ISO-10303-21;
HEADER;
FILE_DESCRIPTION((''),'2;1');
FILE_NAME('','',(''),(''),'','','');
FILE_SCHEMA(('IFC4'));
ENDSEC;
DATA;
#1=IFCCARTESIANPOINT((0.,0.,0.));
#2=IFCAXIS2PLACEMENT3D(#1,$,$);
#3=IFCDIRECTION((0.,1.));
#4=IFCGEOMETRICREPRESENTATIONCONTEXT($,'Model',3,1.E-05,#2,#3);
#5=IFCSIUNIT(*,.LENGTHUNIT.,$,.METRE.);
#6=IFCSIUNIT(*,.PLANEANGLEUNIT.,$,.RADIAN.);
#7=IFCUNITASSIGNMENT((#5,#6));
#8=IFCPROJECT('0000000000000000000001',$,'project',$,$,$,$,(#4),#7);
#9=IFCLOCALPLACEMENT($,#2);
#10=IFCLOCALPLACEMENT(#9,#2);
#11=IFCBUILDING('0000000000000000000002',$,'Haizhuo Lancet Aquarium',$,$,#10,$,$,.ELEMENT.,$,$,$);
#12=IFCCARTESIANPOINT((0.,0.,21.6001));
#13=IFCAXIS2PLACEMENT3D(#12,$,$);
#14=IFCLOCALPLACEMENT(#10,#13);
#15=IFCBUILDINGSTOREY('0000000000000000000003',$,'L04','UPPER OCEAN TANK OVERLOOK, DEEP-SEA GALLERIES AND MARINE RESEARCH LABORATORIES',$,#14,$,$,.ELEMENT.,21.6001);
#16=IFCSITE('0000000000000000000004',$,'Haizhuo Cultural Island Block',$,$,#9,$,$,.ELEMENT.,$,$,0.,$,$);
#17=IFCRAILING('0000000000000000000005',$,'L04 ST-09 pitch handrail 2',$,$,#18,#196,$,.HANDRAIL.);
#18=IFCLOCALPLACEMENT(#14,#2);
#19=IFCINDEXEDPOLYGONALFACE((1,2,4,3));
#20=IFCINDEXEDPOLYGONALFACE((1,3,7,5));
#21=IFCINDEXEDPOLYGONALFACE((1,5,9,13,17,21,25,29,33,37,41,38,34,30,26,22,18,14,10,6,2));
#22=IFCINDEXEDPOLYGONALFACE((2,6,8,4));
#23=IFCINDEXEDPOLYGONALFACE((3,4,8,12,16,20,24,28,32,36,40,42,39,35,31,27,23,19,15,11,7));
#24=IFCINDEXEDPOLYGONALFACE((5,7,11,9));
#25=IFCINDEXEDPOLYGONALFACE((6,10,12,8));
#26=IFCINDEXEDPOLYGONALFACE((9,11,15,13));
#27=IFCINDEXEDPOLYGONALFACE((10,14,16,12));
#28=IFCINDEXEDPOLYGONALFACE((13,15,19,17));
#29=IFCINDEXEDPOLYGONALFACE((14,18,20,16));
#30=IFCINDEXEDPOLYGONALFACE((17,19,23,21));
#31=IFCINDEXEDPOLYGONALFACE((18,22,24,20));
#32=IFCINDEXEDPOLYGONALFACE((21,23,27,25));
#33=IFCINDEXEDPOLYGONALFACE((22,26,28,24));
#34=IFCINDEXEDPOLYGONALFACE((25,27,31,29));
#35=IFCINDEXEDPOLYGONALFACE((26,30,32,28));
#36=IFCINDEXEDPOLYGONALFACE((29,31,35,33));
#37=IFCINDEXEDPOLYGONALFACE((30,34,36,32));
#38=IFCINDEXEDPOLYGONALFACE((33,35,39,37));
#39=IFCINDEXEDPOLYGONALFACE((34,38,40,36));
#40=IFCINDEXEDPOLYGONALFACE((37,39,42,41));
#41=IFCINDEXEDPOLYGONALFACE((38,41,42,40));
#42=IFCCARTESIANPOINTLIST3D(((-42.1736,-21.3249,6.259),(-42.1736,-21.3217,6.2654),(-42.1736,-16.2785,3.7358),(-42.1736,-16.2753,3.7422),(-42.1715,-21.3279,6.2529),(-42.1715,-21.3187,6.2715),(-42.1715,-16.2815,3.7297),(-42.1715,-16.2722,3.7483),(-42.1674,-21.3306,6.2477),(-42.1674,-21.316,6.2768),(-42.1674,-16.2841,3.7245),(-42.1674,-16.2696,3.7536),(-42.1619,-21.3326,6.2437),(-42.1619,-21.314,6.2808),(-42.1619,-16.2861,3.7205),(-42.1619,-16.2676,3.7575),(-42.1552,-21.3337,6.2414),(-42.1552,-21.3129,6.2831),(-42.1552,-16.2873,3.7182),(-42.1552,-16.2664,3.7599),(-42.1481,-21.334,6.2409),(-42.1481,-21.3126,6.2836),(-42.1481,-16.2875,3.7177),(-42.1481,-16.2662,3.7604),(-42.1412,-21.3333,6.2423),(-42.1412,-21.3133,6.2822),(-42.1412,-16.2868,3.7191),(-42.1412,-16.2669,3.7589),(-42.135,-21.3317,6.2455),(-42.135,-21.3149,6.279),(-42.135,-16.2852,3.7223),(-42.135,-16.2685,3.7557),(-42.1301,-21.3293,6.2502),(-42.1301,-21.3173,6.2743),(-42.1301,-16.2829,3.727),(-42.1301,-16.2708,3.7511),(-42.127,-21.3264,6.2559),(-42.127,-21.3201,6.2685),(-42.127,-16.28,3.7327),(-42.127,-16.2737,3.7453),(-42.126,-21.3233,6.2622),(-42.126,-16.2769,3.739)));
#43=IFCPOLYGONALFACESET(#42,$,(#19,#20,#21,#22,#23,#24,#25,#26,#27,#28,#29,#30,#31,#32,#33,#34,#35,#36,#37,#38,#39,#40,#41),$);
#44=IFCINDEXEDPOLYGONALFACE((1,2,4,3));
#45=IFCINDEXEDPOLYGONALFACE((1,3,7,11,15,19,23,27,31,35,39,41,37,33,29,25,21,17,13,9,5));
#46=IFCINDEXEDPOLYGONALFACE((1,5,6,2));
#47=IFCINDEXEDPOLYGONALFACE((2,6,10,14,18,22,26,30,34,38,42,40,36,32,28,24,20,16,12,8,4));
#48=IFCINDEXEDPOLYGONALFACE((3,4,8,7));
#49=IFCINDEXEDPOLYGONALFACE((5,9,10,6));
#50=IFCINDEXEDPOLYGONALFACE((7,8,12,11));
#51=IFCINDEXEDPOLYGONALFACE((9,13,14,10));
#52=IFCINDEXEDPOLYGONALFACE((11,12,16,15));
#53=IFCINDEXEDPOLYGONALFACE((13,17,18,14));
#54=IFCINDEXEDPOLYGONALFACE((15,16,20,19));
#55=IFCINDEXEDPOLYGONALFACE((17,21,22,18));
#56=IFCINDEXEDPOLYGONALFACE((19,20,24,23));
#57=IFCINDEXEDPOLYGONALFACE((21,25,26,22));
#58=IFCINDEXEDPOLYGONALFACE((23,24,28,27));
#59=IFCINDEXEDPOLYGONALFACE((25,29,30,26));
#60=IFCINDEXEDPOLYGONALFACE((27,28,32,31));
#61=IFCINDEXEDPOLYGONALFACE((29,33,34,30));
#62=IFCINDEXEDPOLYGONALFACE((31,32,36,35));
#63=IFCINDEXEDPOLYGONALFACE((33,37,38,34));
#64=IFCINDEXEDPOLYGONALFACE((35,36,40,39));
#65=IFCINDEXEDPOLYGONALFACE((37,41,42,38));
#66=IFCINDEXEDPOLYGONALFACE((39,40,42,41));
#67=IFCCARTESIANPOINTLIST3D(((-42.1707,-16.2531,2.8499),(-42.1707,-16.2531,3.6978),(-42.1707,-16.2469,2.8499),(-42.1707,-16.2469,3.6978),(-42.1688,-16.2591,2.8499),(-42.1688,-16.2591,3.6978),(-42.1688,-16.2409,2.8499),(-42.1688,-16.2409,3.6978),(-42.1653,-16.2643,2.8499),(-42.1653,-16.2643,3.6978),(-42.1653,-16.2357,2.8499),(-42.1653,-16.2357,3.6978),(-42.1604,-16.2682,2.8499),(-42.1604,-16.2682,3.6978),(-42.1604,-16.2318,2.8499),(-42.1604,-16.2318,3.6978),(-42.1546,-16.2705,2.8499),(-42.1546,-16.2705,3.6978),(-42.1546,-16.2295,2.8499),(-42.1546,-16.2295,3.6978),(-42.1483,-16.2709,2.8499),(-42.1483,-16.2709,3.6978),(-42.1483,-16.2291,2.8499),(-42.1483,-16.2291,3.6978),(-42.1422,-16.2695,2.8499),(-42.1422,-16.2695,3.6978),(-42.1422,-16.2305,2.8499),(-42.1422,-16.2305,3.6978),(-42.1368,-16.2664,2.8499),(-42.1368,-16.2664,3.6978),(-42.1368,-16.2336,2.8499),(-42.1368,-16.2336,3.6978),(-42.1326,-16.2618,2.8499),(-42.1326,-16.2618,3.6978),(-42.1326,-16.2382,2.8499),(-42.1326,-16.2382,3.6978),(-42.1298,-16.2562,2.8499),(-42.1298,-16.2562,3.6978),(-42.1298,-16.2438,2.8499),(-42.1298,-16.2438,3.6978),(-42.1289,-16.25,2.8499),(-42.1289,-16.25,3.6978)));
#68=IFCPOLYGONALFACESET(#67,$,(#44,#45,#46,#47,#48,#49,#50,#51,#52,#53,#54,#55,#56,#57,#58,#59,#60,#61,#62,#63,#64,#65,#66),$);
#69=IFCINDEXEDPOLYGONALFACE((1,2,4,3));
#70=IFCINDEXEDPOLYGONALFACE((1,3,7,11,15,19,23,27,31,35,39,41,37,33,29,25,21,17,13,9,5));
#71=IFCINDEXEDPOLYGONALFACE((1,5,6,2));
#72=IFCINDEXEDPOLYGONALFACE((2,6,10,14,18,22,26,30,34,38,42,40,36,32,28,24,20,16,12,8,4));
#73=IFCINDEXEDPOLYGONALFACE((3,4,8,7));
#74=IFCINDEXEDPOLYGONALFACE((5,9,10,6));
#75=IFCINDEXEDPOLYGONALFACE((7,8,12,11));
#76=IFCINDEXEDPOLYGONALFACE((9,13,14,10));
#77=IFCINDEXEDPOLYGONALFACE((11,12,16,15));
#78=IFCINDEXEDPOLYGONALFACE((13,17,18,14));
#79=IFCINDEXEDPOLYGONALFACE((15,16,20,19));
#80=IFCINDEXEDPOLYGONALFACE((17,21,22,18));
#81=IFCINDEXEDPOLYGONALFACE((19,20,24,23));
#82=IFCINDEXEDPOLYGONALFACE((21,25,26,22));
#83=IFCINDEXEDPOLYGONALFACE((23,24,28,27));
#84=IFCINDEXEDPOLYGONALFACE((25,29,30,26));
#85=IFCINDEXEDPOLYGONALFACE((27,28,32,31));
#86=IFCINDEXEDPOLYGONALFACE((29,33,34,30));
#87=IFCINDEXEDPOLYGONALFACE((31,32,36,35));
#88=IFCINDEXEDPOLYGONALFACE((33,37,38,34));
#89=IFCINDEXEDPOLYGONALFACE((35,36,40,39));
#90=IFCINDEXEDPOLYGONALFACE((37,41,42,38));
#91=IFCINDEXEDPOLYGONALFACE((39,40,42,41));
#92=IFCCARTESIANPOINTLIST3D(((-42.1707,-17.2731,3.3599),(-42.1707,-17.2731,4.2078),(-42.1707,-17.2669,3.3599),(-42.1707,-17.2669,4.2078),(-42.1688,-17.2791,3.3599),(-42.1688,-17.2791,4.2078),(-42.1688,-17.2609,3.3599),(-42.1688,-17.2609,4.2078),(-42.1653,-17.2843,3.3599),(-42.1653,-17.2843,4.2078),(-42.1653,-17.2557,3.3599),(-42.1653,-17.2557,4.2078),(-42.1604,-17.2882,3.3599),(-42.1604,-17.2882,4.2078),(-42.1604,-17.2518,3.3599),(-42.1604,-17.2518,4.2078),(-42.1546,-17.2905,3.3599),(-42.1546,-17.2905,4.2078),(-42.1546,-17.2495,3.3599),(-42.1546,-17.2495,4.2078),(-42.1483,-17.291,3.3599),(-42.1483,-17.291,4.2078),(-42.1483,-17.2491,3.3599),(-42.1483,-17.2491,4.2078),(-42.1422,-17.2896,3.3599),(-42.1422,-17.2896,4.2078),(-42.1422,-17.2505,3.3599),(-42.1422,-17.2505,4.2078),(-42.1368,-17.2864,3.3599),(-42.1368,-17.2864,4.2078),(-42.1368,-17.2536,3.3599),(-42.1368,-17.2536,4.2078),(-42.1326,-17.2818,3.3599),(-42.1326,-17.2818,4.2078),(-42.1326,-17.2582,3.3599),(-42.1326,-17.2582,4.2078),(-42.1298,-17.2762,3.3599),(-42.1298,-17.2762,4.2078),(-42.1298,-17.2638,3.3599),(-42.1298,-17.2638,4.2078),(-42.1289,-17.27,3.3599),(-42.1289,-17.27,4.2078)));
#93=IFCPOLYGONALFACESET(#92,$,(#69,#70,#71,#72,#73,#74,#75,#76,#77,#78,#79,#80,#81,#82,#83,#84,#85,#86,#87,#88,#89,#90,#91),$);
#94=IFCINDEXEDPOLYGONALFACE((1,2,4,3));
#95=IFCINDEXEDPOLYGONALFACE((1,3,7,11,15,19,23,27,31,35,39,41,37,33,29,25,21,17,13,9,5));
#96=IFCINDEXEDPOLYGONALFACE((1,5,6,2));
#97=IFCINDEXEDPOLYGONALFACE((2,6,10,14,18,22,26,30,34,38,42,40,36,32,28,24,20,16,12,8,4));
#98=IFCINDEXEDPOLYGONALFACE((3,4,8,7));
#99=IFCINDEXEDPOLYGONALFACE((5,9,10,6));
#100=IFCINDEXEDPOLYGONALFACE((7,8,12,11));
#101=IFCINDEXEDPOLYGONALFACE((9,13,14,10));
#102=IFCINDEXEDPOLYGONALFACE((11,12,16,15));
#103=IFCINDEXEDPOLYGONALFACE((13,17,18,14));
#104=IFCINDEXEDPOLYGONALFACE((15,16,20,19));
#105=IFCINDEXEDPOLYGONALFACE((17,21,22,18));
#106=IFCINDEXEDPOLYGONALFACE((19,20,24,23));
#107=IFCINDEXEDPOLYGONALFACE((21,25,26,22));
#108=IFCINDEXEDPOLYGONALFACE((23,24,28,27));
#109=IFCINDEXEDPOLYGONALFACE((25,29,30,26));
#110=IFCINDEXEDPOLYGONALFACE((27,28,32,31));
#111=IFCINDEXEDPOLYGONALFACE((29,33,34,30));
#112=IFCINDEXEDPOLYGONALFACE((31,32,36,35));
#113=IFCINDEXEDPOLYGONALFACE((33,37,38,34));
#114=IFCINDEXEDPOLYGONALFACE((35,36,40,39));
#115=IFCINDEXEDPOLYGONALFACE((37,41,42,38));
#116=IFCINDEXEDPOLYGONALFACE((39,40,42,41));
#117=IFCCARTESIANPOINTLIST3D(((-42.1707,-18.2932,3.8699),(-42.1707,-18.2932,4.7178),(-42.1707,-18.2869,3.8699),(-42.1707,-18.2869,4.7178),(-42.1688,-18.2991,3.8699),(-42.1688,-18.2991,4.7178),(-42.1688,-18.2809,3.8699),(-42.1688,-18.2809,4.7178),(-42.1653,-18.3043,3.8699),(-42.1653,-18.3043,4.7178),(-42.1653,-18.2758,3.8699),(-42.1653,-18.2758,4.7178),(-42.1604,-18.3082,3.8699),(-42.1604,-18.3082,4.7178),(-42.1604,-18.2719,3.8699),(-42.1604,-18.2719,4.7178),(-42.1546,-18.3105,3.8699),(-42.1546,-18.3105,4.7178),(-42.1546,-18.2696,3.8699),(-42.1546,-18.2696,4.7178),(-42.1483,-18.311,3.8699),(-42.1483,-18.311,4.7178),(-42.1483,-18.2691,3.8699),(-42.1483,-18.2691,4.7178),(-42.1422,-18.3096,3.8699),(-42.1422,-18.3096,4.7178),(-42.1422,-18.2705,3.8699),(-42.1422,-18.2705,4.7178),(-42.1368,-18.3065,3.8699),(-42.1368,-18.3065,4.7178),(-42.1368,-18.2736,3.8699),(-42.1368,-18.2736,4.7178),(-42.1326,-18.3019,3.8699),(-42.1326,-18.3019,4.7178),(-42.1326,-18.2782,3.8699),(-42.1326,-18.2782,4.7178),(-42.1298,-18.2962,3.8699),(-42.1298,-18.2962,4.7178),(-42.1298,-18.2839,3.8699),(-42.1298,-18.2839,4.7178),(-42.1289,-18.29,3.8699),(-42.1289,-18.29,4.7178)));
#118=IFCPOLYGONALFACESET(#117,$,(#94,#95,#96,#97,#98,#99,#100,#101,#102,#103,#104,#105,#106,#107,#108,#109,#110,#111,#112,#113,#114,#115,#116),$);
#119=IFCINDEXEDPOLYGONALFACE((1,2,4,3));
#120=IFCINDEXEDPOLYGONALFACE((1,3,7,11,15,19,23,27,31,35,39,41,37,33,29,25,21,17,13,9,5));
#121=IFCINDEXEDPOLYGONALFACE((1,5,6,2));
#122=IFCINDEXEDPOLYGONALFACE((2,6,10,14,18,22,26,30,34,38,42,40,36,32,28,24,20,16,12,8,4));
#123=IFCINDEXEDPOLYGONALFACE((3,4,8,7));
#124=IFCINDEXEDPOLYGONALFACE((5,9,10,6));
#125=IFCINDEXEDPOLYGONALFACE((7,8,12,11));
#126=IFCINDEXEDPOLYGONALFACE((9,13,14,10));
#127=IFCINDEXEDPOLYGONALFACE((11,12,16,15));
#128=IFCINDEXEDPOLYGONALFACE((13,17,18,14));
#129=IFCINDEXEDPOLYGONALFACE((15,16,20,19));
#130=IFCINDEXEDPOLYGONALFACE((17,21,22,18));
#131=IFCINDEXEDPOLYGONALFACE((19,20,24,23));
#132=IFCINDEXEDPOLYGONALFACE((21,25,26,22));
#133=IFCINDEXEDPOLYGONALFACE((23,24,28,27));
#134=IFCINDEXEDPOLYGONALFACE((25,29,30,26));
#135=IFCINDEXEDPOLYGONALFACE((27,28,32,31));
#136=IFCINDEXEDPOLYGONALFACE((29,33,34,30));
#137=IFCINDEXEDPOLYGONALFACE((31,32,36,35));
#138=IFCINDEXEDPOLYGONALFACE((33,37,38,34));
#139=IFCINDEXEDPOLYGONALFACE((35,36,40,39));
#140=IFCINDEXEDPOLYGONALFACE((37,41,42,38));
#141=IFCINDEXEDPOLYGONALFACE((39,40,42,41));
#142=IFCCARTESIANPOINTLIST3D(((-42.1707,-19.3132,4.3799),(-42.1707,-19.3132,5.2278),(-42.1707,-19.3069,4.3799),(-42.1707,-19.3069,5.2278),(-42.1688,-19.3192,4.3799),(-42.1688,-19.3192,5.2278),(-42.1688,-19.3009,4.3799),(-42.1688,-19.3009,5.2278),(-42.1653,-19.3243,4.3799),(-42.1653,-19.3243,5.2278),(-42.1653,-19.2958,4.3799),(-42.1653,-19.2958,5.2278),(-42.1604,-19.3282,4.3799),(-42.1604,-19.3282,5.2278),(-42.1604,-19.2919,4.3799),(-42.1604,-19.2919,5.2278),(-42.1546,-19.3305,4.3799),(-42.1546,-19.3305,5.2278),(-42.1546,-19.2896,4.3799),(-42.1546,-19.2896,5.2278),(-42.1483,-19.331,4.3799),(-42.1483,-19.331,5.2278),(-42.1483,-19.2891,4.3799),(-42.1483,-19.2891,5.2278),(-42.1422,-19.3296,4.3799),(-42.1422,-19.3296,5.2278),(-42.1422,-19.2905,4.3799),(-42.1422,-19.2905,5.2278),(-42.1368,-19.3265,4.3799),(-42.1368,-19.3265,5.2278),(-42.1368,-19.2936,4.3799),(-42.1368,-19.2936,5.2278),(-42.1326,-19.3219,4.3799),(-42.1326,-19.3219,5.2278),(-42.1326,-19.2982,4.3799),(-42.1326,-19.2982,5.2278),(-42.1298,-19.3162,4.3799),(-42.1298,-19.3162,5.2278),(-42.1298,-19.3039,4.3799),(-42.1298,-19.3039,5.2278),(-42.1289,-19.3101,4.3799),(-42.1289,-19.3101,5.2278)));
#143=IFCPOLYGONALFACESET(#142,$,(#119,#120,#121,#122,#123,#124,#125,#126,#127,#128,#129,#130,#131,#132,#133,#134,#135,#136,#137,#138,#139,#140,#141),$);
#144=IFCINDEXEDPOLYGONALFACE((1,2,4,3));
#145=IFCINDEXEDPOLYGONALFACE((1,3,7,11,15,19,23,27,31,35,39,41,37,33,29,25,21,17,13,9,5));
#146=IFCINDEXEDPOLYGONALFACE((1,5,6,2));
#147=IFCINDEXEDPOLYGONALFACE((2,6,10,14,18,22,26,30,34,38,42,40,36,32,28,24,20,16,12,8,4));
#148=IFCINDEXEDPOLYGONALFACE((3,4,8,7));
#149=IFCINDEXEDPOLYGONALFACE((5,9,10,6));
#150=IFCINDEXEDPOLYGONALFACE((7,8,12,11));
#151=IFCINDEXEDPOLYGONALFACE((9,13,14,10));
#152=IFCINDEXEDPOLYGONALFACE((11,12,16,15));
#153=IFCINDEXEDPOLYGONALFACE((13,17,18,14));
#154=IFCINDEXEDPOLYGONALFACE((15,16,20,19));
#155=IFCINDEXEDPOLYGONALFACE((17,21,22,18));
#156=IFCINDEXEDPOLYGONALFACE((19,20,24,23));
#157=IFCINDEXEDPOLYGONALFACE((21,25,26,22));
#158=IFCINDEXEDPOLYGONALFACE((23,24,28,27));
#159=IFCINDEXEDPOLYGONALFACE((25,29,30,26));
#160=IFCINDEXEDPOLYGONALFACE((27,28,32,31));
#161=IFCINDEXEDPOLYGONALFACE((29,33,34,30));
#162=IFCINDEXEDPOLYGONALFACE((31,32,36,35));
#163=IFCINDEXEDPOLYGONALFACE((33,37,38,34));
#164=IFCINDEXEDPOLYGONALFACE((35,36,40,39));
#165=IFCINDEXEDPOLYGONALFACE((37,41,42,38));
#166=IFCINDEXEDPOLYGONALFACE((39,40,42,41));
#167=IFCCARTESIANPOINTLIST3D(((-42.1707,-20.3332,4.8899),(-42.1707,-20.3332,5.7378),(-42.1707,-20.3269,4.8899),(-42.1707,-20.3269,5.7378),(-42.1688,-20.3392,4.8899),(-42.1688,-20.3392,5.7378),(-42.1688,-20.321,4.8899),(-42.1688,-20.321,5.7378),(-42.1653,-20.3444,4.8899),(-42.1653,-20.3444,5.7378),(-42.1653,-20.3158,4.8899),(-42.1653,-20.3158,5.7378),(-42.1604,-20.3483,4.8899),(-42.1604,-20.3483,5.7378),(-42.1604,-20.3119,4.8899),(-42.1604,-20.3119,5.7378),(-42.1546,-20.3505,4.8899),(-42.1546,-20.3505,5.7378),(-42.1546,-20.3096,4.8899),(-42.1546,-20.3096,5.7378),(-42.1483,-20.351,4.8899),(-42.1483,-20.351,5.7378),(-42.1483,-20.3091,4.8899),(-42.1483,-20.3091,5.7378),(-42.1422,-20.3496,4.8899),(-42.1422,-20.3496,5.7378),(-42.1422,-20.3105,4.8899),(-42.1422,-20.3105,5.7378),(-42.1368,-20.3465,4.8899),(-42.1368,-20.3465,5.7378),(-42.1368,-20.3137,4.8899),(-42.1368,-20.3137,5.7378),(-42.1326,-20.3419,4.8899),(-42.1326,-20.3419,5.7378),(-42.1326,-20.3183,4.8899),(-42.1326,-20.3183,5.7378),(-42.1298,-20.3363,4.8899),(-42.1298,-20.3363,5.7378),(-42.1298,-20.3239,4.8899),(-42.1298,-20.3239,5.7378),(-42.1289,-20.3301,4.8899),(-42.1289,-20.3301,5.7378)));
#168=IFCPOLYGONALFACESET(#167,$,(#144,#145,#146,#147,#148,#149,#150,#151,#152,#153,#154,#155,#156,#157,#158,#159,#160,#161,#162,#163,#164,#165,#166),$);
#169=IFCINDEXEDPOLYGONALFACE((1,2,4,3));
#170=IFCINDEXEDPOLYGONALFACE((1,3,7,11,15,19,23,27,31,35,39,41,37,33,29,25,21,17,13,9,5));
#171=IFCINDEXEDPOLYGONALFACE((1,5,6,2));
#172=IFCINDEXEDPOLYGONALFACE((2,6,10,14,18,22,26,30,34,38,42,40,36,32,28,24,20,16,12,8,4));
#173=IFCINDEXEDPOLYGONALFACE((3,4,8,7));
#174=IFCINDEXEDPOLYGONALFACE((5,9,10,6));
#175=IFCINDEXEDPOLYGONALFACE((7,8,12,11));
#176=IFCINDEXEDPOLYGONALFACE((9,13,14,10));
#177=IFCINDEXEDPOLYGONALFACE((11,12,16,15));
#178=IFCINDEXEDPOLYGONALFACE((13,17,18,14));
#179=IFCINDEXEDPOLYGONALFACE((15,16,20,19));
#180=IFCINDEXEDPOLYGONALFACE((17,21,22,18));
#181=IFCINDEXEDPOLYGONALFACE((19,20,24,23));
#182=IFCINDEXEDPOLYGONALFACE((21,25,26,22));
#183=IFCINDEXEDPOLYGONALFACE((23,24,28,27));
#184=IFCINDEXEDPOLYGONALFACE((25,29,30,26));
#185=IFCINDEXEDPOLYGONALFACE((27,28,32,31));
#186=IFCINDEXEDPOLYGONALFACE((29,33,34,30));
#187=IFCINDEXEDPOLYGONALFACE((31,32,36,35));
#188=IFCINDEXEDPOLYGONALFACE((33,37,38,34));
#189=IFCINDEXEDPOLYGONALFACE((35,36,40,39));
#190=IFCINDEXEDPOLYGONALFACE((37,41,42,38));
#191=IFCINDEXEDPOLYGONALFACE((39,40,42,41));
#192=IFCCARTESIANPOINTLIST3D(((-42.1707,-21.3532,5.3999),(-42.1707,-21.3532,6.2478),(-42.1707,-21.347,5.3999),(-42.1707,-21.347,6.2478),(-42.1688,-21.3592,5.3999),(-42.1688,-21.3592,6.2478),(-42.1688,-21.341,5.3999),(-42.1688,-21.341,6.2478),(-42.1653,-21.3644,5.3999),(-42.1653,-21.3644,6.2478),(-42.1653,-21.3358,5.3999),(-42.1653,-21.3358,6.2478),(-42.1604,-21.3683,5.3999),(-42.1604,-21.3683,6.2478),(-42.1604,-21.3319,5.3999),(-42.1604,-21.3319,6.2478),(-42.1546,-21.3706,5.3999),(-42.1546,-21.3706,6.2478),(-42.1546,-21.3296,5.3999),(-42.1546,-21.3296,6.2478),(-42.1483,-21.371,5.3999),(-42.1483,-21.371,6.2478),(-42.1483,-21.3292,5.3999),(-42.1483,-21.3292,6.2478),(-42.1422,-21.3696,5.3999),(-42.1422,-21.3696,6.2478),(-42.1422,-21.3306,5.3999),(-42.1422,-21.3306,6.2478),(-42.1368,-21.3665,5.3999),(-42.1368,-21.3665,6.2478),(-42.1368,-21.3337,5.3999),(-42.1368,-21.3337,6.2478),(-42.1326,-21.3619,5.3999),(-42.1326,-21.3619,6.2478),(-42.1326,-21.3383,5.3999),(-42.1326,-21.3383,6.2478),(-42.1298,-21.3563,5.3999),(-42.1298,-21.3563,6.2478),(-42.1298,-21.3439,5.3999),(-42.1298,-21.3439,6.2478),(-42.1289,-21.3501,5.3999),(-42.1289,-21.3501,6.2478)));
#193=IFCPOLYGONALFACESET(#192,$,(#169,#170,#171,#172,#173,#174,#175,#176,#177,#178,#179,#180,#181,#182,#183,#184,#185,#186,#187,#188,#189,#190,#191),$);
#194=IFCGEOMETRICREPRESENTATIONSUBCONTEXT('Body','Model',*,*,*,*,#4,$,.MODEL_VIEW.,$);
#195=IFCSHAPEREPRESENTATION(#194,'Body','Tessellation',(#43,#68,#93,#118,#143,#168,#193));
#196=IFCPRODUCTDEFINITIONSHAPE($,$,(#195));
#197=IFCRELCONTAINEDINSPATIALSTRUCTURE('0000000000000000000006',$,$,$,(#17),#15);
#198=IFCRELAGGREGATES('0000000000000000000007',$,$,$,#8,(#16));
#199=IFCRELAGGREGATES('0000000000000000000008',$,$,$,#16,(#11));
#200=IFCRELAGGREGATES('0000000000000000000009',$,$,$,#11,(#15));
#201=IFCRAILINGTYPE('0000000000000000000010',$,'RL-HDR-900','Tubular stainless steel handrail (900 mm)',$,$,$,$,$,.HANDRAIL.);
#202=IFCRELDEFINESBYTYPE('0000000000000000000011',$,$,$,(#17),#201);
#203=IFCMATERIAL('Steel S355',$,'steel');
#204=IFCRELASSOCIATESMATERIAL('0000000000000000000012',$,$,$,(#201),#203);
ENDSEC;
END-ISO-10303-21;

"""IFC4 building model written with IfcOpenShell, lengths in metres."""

from ifc_helpers import new_model, si_unit, direction, frame, origin, origin_2d, place, context, subcontext, project, spatial, circle, extrude, material, type_object, element, save


model = new_model("IFC4")

# Units and contexts
model_context = context("Model", 3, precision=1e-05, world=origin(), true_north=direction((0.0, 1.0)))
body_context = subcontext(model_context, "Body", "Model", "MODEL_VIEW")
ifc_project = project(units=[si_unit("LENGTHUNIT", "METRE"), si_unit("PLANEANGLEUNIT", "RADIAN")], contexts=[model_context])

# Site, building, storey
site_placement = place(None, origin())
site = spatial("IfcSite", under=ifc_project, at=site_placement, Name="Haizhuo Cultural Island Block", CompositionType="ELEMENT", RefElevation=0.0)
building_placement = place(site_placement, origin())
building = spatial("IfcBuilding", under=site, at=building_placement, Name="Haizhuo Lancet Aquarium", CompositionType="ELEMENT")
storey_placement = place(building_placement, frame((0.0, 0.0, 21.6001)))
storey = spatial("IfcBuildingStorey", under=building, at=storey_placement, Name="L04", Description="UPPER OCEAN TANK OVERLOOK, DEEP-SEA GALLERIES AND MARINE RESEARCH LABORATORIES", CompositionType="ELEMENT", Elevation=21.6001)

# Shared definitions
ifc_material_1 = material(Name="Steel S355", Category="steel")

# Railing
railing_type_1 = type_object("IfcRailingType", Name="RL-HDR-900", Description="Tubular stainless steel handrail (900 mm)", PredefinedType="HANDRAIL", material=ifc_material_1)
railing_1_placement = place(storey_placement, frame((-42.1499, -16.25, 2.8499)))
element("IfcRailing", 1, at=railing_1_placement, inside=storey, type_object=railing_type_1, Name="L04 ST-09 pitch handrail 2", PredefinedType="HANDRAIL", context=body_context, shape_type="SweptSolid", body=[
    extrude(circle(Radius=0.0239, at=origin_2d()), frame((0.0, -0.0269, 0.8892), z_axis=(0.0, -0.894427, 0.447214), x_axis=(1.0, 0.0, 0.0)), (0.0, 0.0, 1.0), 5.6421),
    extrude(circle(Radius=0.021, at=origin_2d()), origin(), (0.0, 0.0, 1.0), 0.8479),
    extrude(circle(Radius=0.021, at=origin_2d()), frame((0.0, -1.02, 0.51)), (0.0, 0.0, 1.0), 0.8479),
    extrude(circle(Radius=0.021, at=origin_2d()), frame((0.0, -2.04, 1.02)), (0.0, 0.0, 1.0), 0.8479),
    extrude(circle(Radius=0.021, at=origin_2d()), frame((0.0, -3.0601, 1.53)), (0.0, 0.0, 1.0), 0.8479),
    extrude(circle(Radius=0.021, at=origin_2d()), frame((0.0, -4.0801, 2.04)), (0.0, 0.0, 1.0), 0.8479),
    extrude(circle(Radius=0.021, at=origin_2d()), frame((0.0, -5.1001, 2.55)), (0.0, 0.0, 1.0), 0.8479),
])

save(model, "model.ifc")
